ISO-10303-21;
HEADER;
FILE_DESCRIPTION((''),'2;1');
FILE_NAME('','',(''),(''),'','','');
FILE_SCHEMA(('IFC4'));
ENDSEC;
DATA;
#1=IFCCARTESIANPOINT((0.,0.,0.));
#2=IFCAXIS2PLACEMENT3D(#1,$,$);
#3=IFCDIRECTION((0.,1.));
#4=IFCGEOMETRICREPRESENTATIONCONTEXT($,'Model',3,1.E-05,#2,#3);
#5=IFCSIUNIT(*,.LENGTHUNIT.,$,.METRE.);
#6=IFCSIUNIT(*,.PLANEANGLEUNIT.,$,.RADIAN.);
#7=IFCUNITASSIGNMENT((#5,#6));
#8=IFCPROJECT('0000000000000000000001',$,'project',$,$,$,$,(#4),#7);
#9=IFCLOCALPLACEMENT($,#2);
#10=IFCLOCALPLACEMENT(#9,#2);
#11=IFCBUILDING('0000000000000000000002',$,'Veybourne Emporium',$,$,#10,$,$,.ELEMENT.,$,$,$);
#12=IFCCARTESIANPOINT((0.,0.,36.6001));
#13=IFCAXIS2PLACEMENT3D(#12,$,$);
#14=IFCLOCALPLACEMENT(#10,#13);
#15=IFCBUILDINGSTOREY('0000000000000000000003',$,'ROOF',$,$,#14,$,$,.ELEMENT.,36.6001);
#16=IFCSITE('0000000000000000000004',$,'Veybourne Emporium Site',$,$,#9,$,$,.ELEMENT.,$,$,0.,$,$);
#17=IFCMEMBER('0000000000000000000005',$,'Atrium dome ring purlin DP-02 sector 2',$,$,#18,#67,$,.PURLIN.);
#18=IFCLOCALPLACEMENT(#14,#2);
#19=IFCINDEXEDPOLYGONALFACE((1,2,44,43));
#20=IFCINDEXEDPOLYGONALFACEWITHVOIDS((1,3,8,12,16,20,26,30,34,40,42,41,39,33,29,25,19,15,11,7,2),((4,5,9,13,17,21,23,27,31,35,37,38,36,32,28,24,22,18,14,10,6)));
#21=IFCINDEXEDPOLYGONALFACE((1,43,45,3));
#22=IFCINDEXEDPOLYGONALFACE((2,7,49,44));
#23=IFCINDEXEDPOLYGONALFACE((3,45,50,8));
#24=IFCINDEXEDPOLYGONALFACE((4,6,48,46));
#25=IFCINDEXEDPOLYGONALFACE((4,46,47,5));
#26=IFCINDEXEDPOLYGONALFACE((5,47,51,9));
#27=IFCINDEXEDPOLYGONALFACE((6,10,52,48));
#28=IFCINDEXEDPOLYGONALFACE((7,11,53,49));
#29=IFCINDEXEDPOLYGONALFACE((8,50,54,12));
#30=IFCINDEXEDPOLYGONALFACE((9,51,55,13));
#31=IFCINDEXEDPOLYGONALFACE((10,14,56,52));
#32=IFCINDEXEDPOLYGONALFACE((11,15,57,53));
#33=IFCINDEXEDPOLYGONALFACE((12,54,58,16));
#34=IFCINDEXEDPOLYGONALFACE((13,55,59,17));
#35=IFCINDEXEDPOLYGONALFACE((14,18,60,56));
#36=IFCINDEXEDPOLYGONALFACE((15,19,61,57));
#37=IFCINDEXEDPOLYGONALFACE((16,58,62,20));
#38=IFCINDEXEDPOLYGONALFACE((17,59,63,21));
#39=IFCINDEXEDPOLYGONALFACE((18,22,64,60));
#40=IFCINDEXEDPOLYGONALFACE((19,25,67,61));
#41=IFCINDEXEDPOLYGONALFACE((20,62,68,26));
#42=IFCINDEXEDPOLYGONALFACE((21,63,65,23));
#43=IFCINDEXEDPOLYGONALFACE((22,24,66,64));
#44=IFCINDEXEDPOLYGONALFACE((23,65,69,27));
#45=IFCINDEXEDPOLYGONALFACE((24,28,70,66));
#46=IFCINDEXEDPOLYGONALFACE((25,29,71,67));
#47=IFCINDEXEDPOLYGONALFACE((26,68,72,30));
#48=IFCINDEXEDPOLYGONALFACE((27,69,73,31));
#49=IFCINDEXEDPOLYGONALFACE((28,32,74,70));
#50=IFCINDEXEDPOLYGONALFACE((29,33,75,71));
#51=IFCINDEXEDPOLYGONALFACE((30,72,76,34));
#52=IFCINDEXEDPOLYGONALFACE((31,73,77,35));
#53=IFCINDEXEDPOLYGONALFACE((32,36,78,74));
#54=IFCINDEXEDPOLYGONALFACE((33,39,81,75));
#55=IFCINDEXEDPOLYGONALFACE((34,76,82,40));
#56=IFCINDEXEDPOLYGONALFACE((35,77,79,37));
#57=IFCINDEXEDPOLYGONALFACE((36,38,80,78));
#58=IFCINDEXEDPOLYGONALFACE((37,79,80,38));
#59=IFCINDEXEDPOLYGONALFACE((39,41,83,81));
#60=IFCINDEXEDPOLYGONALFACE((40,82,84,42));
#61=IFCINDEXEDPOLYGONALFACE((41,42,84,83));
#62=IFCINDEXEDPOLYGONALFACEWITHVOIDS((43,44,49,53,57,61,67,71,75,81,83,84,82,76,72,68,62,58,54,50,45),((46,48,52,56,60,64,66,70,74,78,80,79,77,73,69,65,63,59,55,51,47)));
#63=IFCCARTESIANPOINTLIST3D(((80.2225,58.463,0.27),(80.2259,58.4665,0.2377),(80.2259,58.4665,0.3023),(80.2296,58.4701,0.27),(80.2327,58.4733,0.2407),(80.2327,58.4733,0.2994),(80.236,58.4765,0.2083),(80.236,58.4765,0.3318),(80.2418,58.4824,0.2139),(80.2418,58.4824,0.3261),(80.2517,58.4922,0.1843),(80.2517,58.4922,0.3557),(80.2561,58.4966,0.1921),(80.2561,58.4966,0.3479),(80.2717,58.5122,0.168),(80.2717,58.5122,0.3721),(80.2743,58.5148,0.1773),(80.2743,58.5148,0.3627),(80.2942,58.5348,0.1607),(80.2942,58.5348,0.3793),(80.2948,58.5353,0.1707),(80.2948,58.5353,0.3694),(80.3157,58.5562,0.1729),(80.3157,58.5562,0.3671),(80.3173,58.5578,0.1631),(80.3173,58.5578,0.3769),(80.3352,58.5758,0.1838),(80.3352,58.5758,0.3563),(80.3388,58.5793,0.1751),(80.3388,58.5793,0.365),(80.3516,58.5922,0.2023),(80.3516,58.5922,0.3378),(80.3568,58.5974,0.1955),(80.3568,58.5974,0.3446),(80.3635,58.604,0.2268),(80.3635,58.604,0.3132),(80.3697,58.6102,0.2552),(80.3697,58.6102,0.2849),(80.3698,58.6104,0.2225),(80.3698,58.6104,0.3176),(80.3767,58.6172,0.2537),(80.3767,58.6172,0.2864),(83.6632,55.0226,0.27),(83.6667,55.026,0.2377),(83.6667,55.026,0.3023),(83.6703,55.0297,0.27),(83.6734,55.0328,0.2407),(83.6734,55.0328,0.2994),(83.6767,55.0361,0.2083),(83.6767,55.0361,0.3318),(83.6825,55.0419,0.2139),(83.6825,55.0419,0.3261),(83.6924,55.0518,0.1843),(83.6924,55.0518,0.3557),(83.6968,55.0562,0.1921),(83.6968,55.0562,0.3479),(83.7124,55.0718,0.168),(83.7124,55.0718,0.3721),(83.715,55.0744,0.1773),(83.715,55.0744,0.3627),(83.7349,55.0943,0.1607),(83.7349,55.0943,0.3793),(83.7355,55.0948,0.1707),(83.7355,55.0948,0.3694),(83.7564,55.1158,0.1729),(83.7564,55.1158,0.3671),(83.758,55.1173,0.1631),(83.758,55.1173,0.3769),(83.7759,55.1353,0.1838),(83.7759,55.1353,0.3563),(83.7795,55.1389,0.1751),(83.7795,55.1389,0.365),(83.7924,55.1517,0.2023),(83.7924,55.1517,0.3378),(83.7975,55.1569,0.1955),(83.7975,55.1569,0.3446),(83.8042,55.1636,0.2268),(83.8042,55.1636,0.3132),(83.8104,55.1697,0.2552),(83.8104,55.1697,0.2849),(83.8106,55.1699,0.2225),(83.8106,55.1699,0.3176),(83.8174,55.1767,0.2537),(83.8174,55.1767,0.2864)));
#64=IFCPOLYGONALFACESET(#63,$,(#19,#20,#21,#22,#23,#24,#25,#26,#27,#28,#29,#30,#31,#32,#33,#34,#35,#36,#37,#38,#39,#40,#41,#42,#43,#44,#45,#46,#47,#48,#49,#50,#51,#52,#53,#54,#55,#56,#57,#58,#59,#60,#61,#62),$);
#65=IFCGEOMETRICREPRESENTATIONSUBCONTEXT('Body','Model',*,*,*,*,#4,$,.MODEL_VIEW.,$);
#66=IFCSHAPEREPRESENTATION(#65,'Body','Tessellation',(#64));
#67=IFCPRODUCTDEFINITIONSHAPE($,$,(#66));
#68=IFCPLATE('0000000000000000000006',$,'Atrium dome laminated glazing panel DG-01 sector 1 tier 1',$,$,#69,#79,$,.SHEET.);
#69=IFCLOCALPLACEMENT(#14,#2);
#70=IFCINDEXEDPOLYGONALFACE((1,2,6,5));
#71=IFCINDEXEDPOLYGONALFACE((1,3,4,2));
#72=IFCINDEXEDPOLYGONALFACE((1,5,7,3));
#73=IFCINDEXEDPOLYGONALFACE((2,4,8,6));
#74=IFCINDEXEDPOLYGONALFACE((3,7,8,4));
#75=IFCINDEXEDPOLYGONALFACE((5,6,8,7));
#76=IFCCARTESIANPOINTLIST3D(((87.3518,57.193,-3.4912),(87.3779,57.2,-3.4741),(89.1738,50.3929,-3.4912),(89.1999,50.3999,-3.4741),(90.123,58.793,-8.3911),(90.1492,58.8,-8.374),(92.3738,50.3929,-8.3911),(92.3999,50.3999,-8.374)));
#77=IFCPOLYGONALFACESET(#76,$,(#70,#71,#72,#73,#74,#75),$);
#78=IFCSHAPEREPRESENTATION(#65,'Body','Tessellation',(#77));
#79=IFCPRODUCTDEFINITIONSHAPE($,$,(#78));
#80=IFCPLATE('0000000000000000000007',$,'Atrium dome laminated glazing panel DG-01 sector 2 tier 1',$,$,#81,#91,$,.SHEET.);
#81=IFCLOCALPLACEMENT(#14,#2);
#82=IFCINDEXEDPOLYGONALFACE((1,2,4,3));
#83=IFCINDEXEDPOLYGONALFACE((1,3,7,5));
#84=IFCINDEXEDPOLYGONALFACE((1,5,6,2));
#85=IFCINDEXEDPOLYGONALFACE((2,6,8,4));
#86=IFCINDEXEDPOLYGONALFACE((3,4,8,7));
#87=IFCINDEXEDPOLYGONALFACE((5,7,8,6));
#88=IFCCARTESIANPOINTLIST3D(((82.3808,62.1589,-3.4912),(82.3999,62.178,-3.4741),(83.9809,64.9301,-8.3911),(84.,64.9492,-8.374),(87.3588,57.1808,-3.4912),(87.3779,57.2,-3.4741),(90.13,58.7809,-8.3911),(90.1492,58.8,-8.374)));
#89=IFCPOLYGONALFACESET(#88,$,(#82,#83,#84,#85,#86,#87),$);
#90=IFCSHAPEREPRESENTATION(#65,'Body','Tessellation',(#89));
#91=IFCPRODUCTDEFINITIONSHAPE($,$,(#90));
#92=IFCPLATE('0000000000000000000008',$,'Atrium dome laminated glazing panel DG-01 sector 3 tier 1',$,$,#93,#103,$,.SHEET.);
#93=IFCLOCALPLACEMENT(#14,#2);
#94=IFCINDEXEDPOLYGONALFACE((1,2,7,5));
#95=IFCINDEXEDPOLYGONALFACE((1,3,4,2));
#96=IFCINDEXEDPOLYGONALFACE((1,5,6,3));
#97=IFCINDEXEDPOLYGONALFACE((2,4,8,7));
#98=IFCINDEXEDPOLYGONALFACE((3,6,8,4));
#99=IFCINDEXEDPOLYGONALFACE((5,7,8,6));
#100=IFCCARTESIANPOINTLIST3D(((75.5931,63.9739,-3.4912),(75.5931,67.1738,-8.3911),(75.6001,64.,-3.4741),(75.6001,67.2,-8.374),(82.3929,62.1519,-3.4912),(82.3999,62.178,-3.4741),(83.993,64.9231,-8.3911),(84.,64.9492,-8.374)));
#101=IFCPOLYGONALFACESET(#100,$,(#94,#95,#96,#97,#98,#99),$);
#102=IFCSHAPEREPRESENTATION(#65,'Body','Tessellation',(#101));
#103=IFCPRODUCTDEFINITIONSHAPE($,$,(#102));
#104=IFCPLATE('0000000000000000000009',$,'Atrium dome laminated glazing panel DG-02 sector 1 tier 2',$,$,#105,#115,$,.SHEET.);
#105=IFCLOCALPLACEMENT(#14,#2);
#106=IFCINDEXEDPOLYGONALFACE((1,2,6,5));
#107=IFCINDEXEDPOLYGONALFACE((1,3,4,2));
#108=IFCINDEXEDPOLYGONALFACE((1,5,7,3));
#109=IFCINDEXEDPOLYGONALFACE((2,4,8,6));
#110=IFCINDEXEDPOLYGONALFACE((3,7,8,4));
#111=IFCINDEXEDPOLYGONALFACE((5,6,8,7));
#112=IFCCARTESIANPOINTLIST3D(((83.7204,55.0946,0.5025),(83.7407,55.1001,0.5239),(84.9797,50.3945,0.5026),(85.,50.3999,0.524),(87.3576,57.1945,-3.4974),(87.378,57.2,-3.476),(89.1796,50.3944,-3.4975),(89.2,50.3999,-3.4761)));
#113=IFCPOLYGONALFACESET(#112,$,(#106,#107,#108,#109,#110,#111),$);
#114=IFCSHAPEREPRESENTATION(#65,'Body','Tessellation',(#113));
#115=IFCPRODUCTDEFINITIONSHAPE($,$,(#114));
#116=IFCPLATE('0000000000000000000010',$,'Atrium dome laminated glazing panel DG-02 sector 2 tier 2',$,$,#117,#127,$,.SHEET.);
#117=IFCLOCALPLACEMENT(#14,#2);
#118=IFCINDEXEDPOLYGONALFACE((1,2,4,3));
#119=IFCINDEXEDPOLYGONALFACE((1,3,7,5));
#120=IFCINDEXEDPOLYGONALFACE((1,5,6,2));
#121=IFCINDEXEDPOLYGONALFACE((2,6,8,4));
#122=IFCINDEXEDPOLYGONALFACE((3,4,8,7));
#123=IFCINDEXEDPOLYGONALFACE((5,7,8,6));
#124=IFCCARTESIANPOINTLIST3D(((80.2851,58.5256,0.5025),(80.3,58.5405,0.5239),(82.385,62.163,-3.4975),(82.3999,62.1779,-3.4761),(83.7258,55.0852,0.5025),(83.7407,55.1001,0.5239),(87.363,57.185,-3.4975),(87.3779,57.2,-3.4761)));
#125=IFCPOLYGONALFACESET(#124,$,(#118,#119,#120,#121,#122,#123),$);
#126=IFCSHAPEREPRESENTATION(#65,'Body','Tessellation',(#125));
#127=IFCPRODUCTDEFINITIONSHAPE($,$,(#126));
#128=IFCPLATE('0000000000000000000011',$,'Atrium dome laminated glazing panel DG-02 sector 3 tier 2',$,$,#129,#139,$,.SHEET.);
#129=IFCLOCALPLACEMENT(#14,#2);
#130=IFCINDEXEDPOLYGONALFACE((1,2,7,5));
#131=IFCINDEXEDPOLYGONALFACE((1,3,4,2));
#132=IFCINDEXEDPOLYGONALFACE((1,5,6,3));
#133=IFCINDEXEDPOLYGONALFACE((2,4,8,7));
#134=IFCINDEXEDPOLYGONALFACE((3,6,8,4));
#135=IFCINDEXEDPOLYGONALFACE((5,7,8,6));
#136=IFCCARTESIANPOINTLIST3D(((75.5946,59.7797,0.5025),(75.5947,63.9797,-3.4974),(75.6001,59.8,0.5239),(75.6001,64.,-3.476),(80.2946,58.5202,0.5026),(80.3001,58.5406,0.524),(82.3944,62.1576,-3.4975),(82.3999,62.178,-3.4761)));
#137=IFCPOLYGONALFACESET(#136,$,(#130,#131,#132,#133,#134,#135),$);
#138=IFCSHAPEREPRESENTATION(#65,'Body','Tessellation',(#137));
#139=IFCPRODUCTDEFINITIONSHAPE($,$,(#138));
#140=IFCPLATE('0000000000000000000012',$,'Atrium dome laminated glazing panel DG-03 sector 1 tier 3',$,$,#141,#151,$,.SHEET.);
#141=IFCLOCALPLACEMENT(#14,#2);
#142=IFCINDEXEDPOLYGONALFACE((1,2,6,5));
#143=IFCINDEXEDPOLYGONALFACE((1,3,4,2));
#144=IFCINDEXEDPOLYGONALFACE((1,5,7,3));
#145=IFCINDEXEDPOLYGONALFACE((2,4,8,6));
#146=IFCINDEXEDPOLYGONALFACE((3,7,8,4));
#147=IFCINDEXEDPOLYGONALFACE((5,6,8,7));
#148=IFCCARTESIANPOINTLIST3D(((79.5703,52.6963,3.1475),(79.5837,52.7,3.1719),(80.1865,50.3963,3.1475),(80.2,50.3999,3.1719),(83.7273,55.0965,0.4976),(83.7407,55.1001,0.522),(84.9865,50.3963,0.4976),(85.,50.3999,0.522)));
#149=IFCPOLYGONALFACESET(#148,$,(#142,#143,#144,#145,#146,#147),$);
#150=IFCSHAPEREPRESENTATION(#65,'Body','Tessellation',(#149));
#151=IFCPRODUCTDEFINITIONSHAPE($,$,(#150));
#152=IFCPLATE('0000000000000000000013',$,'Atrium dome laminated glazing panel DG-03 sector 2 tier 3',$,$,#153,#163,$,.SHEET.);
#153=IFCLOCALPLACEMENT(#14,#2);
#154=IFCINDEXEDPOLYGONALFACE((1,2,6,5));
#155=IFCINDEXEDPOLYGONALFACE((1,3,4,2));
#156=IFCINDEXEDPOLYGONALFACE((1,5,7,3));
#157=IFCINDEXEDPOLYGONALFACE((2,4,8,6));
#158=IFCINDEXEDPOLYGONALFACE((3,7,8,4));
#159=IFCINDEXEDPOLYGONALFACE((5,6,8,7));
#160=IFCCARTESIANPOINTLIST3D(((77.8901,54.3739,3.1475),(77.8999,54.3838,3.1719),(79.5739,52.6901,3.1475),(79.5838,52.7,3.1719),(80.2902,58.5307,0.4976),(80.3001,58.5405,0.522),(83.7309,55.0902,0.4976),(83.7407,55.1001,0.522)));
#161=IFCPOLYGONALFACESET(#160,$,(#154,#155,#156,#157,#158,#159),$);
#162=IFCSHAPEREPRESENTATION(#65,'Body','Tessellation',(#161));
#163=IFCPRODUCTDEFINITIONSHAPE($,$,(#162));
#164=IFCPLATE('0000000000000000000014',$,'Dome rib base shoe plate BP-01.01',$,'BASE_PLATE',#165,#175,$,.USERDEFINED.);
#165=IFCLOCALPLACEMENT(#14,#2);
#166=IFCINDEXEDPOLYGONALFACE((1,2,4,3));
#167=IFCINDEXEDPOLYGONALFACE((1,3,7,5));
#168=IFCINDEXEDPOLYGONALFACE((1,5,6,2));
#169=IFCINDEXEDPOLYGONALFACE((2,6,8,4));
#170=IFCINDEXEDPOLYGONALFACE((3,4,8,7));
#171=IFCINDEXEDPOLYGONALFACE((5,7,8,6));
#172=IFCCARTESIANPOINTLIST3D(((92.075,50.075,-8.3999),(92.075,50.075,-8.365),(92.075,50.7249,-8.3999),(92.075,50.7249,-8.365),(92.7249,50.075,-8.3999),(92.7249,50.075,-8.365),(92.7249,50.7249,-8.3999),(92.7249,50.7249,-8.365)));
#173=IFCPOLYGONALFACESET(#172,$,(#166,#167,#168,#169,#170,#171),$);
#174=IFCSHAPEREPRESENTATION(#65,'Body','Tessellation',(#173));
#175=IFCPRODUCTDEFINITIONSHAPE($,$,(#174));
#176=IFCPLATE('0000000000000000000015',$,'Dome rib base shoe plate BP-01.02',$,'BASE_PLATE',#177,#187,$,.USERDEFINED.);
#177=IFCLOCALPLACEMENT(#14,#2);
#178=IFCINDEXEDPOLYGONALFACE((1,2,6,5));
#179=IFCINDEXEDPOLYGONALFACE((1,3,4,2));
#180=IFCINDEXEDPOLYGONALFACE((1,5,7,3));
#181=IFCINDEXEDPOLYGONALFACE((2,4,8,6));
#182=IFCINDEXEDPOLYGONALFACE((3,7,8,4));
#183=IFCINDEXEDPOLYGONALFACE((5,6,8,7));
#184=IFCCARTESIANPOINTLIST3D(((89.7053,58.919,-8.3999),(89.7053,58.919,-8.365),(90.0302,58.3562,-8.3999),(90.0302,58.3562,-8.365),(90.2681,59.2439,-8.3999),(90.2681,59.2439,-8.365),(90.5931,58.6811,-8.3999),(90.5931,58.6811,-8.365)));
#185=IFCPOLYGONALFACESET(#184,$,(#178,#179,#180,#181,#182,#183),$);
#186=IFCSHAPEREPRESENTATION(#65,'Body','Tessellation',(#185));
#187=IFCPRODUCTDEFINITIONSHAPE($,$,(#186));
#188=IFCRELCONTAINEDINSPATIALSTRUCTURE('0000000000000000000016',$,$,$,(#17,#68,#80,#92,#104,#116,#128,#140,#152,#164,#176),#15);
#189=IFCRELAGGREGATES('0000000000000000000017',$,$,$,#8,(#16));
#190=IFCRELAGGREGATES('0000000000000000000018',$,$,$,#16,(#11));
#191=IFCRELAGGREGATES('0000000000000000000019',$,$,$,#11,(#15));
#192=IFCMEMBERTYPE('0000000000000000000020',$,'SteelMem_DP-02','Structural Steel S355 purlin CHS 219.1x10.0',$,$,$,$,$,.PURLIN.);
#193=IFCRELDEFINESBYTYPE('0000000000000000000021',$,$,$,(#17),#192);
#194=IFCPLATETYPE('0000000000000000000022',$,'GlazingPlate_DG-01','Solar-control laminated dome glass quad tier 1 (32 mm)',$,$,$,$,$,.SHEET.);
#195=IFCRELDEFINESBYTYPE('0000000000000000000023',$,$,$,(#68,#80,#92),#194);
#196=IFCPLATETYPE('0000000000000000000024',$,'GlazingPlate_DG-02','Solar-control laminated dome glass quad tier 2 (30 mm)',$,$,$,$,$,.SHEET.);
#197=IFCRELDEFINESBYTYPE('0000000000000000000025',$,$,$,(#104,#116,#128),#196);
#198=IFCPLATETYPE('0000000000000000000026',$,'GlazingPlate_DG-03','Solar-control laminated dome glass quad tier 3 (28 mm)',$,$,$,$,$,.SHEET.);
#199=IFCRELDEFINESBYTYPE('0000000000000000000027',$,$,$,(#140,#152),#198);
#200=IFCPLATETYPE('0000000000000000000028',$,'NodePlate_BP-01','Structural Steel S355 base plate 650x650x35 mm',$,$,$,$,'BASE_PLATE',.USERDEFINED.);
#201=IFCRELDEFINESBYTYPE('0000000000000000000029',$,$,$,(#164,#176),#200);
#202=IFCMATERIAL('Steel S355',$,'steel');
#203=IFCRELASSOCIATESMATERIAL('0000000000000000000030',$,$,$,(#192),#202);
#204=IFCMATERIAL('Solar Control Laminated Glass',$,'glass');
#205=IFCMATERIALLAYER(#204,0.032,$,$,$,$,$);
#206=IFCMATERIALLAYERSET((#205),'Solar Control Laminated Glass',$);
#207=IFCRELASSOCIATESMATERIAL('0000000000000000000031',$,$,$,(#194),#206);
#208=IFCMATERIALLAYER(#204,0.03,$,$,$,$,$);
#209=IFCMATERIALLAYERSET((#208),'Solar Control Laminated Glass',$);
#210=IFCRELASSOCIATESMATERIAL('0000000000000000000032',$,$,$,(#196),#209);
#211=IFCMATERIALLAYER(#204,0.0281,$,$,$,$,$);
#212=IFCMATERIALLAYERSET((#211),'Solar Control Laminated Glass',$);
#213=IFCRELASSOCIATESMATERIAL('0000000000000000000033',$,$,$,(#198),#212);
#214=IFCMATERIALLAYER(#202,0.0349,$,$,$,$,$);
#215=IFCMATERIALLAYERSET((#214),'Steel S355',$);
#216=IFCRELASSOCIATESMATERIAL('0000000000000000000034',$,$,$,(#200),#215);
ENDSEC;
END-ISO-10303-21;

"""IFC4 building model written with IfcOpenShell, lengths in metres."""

from ifc_helpers import new_model, si_unit, direction, frame, origin, origin_2d, place, context, subcontext, project, spatial, polyline, rectangle, hollow_circle, outline, extrude, material, layer, layer_set, material_profile, profile_set, type_object, element, save


model = new_model("IFC4")

# Units and contexts
model_context = context("Model", 3, precision=1e-05, world=origin(), true_north=direction((0.0, 1.0)))
body_context = subcontext(model_context, "Body", "Model", "MODEL_VIEW")
ifc_project = project(units=[si_unit("LENGTHUNIT", "METRE"), si_unit("PLANEANGLEUNIT", "RADIAN")], contexts=[model_context])

# Site, building, storey
site_placement = place(None, origin())
site = spatial("IfcSite", under=ifc_project, at=site_placement, Name="Veybourne Emporium Site", CompositionType="ELEMENT", RefElevation=0.0)
building_placement = place(site_placement, origin())
building = spatial("IfcBuilding", under=site, at=building_placement, Name="Veybourne Emporium", CompositionType="ELEMENT")
storey_placement = place(building_placement, frame((0.0, 0.0, 36.6001)))
storey = spatial("IfcBuildingStorey", under=building, at=storey_placement, Name="ROOF", CompositionType="ELEMENT", Elevation=36.6001)

# Shared definitions
ifc_material_1 = material(Name="Steel S355", Category="steel")

# Member
ifc_material_profile_1 = material_profile(ifc_material_1, hollow_circle(Radius=0.1096, WallThickness=0.01, at=origin_2d()), Name="CHS 219.1x10.0")
ifc_profile_set_1 = profile_set([ifc_material_profile_1], Name="Steel S355")
member_type_1 = type_object("IfcMemberType", Name="SteelMem_DP-02", Description="Structural Steel S355 purlin CHS 219.1x10.0", PredefinedType="PURLIN", material=ifc_profile_set_1)
member_1_placement = place(storey_placement, frame((83.7407, 55.1001, 0.27), z_axis=(-0.707132, 0.707082, 0.0), x_axis=(-0.707082, -0.707132, 0.0)))
element("IfcMember", 1, at=member_1_placement, inside=storey, type_object=member_type_1, Name="Atrium dome ring purlin DP-02 sector 2", PredefinedType="PURLIN", context=body_context, shape_type="SweptSolid", body=[
    extrude(hollow_circle(Radius=0.1096, WallThickness=0.01, at=origin_2d()), origin(), (0.0, 0.0, 1.0), 4.8657),
])

# Plates
ifc_material_2 = material(Name="Solar Control Laminated Glass", Category="glass")
ifc_layer_1 = layer(ifc_material_2, 0.032)
ifc_layer_set_1 = layer_set([ifc_layer_1], Name="Solar Control Laminated Glass")
plate_type_1 = type_object("IfcPlateType", Name="GlazingPlate_DG-01", Description="Solar-control laminated dome glass quad tier 1 (32 mm)", PredefinedType="SHEET", material=ifc_layer_set_1)
plate_1_placement = place(storey_placement, frame((92.3999, 50.3999, -8.374), z_axis=(0.816963, 0.218898, 0.533531), x_axis=(-0.258811, 0.965928, -0.000001)))
element("IfcPlate", 2, at=plate_1_placement, inside=storey, type_object=plate_type_1, Name="Atrium dome laminated glazing panel DG-01 sector 1 tier 1", PredefinedType="SHEET", context=body_context, shape_type="SweptSolid", body=[
    extrude(outline(polyline([(0.0, 0.0), (8.6965, 0.0), (7.8681, 5.7934), (0.8282, 5.7933), (0.0, 0.0)])), origin(), (0.0, 0.0, -1.0), 0.032),
])
plate_2_placement = place(storey_placement, frame((90.1492, 58.8, -8.374), z_axis=(0.598053, 0.598053, 0.53354), x_axis=(-0.707107, 0.707107, 0.0)))
element("IfcPlate", 3, at=plate_2_placement, inside=storey, type_object=plate_type_1, Name="Atrium dome laminated glazing panel DG-01 sector 2 tier 1", PredefinedType="SHEET", context=body_context, shape_type="SweptSolid", body=[
    extrude(outline(polyline([(0.0, 0.0), (8.6962, 0.0), (7.8681, 5.7934), (0.8281, 5.7934), (0.0, 0.0)])), origin(), (0.0, 0.0, -1.0), 0.032),
])
plate_3_placement = place(storey_placement, frame((84.0, 64.9492, -8.374), z_axis=(0.218904, 0.816961, 0.533531), x_axis=(-0.965926, 0.258819, 0.000001)))
element("IfcPlate", 4, at=plate_3_placement, inside=storey, type_object=plate_type_1, Name="Atrium dome laminated glazing panel DG-01 sector 3 tier 1", PredefinedType="SHEET", context=body_context, shape_type="SweptSolid", body=[
    extrude(outline(polyline([(0.0, 0.0), (8.6962, 0.0), (7.868, 5.7933), (0.8283, 5.7934), (0.0, 0.0)])), origin(), (0.0, 0.0, -1.0), 0.032),
])
ifc_layer_2 = layer(ifc_material_2, 0.03)
ifc_layer_set_2 = layer_set([ifc_layer_2], Name="Solar Control Laminated Glass")
plate_type_2 = type_object("IfcPlateType", Name="GlazingPlate_DG-02", Description="Solar-control laminated dome glass quad tier 2 (30 mm)", PredefinedType="SHEET", material=ifc_layer_set_2)
plate_4_placement = place(storey_placement, frame((89.2, 50.3999, -3.4761), z_axis=(0.678184, 0.181708, 0.712074), x_axis=(-0.258809, 0.965929, 0.000004)))
element("IfcPlate", 5, at=plate_4_placement, inside=storey, type_object=plate_type_2, Name="Atrium dome laminated glazing panel DG-02 sector 1 tier 2", PredefinedType="SHEET", context=body_context, shape_type="SweptSolid", body=[
    extrude(outline(polyline([(0.0, 0.0), (7.0399, 0.0), (5.953, 5.6971), (1.087, 5.6972), (0.0, 0.0)])), origin(), (0.0, 0.0, -1.0), 0.03),
])
plate_5_placement = place(storey_placement, frame((87.3779, 57.2, -3.4761), z_axis=(0.496455, 0.49647, 0.712074), x_axis=(-0.707112, 0.707102, -0.000007)))
element("IfcPlate", 6, at=plate_5_placement, inside=storey, type_object=plate_type_2, Name="Atrium dome laminated glazing panel DG-02 sector 2 tier 2", PredefinedType="SHEET", context=body_context, shape_type="SweptSolid", body=[
    extrude(outline(polyline([(0.0, 0.0), (7.04, 0.0), (5.9527, 5.6972), (1.0871, 5.6971), (0.0, 0.0)])), origin(), (0.0, 0.0, -1.0), 0.03),
])
plate_6_placement = place(storey_placement, frame((82.3999, 62.178, -3.4761), z_axis=(0.181726, 0.678168, 0.712084), x_axis=(-0.965923, 0.258828, 0.000006)))
element("IfcPlate", 7, at=plate_6_placement, inside=storey, type_object=plate_type_2, Name="Atrium dome laminated glazing panel DG-02 sector 3 tier 2", PredefinedType="SHEET", context=body_context, shape_type="SweptSolid", body=[
    extrude(outline(polyline([(0.0, 0.0), (7.0397, 0.0), (5.9526, 5.6972), (1.0869, 5.6973), (0.0, 0.0)])), origin(), (0.0, 0.0, -1.0), 0.03),
])
ifc_layer_3 = layer(ifc_material_2, 0.0281)
ifc_layer_set_3 = layer_set([ifc_layer_3], Name="Solar Control Laminated Glass")
plate_type_3 = type_object("IfcPlateType", Name="GlazingPlate_DG-03", Description="Solar-control laminated dome glass quad tier 3 (28 mm)", PredefinedType="SHEET", material=ifc_layer_set_3)
plate_7_placement = place(storey_placement, frame((85.0, 50.3999, 0.522), z_axis=(0.479301, 0.128413, 0.868206), x_axis=(-0.258792, 0.965933, 0.000001)))
element("IfcPlate", 8, at=plate_7_placement, inside=storey, type_object=plate_type_3, Name="Atrium dome laminated glazing panel DG-03 sector 1 tier 3", PredefinedType="SHEET", context=body_context, shape_type="SweptSolid", body=[
    extrude(outline(polyline([(0.0, 0.0), (4.866, 0.0), (3.6234, 5.3403), (1.2422, 5.3404), (0.0, 0.0)])), origin(), (0.0, 0.0, -1.0), 0.0281),
])
plate_8_placement = place(storey_placement, frame((83.7407, 55.1001, 0.522), z_axis=(0.350862, 0.350879, 0.868205), x_axis=(-0.70713, 0.707084, 0.000005)))
element("IfcPlate", 9, at=plate_8_placement, inside=storey, type_object=plate_type_3, Name="Atrium dome laminated glazing panel DG-03 sector 2 tier 3", PredefinedType="SHEET", context=body_context, shape_type="SweptSolid", body=[
    extrude(outline(polyline([(0.0, 0.0), (4.8657, 0.0), (3.6237, 5.3403), (1.2424, 5.3404), (0.0, 0.0)])), origin(), (0.0, 0.0, -1.0), 0.0281),
])
ifc_layer_4 = layer(ifc_material_1, 0.0349)
ifc_layer_set_4 = layer_set([ifc_layer_4], Name="Steel S355")
plate_type_4 = type_object("IfcPlateType", Name="NodePlate_BP-01", Description="Structural Steel S355 base plate 650x650x35 mm", ElementType="BASE_PLATE", PredefinedType="USERDEFINED", material=ifc_layer_set_4)
for number, where, z_axis, x_axis, name in (
    (10, (92.3999, 50.3999, -8.3999), (0.0, 0.0, 1.0), (1.0, 0.0, 0.0), "Dome rib base shoe plate BP-01.01"),
    (11, (90.1492, 58.8, -8.3999), (0.0, 0.0, 1.0), (0.866025, 0.5, 0.0), "Dome rib base shoe plate BP-01.02"),
):
    element("IfcPlate", number, at=place(storey_placement, frame(where, z_axis=z_axis, x_axis=x_axis)), inside=storey, type_object=plate_type_4, Name=name, ObjectType="BASE_PLATE", PredefinedType="USERDEFINED", context=body_context, shape_type="SweptSolid", body=[
        extrude(rectangle(XDim=0.6499, YDim=0.6499, at=origin_2d()), origin(), (0.0, 0.0, 1.0), 0.0349),
    ])

save(model, "model.ifc")
